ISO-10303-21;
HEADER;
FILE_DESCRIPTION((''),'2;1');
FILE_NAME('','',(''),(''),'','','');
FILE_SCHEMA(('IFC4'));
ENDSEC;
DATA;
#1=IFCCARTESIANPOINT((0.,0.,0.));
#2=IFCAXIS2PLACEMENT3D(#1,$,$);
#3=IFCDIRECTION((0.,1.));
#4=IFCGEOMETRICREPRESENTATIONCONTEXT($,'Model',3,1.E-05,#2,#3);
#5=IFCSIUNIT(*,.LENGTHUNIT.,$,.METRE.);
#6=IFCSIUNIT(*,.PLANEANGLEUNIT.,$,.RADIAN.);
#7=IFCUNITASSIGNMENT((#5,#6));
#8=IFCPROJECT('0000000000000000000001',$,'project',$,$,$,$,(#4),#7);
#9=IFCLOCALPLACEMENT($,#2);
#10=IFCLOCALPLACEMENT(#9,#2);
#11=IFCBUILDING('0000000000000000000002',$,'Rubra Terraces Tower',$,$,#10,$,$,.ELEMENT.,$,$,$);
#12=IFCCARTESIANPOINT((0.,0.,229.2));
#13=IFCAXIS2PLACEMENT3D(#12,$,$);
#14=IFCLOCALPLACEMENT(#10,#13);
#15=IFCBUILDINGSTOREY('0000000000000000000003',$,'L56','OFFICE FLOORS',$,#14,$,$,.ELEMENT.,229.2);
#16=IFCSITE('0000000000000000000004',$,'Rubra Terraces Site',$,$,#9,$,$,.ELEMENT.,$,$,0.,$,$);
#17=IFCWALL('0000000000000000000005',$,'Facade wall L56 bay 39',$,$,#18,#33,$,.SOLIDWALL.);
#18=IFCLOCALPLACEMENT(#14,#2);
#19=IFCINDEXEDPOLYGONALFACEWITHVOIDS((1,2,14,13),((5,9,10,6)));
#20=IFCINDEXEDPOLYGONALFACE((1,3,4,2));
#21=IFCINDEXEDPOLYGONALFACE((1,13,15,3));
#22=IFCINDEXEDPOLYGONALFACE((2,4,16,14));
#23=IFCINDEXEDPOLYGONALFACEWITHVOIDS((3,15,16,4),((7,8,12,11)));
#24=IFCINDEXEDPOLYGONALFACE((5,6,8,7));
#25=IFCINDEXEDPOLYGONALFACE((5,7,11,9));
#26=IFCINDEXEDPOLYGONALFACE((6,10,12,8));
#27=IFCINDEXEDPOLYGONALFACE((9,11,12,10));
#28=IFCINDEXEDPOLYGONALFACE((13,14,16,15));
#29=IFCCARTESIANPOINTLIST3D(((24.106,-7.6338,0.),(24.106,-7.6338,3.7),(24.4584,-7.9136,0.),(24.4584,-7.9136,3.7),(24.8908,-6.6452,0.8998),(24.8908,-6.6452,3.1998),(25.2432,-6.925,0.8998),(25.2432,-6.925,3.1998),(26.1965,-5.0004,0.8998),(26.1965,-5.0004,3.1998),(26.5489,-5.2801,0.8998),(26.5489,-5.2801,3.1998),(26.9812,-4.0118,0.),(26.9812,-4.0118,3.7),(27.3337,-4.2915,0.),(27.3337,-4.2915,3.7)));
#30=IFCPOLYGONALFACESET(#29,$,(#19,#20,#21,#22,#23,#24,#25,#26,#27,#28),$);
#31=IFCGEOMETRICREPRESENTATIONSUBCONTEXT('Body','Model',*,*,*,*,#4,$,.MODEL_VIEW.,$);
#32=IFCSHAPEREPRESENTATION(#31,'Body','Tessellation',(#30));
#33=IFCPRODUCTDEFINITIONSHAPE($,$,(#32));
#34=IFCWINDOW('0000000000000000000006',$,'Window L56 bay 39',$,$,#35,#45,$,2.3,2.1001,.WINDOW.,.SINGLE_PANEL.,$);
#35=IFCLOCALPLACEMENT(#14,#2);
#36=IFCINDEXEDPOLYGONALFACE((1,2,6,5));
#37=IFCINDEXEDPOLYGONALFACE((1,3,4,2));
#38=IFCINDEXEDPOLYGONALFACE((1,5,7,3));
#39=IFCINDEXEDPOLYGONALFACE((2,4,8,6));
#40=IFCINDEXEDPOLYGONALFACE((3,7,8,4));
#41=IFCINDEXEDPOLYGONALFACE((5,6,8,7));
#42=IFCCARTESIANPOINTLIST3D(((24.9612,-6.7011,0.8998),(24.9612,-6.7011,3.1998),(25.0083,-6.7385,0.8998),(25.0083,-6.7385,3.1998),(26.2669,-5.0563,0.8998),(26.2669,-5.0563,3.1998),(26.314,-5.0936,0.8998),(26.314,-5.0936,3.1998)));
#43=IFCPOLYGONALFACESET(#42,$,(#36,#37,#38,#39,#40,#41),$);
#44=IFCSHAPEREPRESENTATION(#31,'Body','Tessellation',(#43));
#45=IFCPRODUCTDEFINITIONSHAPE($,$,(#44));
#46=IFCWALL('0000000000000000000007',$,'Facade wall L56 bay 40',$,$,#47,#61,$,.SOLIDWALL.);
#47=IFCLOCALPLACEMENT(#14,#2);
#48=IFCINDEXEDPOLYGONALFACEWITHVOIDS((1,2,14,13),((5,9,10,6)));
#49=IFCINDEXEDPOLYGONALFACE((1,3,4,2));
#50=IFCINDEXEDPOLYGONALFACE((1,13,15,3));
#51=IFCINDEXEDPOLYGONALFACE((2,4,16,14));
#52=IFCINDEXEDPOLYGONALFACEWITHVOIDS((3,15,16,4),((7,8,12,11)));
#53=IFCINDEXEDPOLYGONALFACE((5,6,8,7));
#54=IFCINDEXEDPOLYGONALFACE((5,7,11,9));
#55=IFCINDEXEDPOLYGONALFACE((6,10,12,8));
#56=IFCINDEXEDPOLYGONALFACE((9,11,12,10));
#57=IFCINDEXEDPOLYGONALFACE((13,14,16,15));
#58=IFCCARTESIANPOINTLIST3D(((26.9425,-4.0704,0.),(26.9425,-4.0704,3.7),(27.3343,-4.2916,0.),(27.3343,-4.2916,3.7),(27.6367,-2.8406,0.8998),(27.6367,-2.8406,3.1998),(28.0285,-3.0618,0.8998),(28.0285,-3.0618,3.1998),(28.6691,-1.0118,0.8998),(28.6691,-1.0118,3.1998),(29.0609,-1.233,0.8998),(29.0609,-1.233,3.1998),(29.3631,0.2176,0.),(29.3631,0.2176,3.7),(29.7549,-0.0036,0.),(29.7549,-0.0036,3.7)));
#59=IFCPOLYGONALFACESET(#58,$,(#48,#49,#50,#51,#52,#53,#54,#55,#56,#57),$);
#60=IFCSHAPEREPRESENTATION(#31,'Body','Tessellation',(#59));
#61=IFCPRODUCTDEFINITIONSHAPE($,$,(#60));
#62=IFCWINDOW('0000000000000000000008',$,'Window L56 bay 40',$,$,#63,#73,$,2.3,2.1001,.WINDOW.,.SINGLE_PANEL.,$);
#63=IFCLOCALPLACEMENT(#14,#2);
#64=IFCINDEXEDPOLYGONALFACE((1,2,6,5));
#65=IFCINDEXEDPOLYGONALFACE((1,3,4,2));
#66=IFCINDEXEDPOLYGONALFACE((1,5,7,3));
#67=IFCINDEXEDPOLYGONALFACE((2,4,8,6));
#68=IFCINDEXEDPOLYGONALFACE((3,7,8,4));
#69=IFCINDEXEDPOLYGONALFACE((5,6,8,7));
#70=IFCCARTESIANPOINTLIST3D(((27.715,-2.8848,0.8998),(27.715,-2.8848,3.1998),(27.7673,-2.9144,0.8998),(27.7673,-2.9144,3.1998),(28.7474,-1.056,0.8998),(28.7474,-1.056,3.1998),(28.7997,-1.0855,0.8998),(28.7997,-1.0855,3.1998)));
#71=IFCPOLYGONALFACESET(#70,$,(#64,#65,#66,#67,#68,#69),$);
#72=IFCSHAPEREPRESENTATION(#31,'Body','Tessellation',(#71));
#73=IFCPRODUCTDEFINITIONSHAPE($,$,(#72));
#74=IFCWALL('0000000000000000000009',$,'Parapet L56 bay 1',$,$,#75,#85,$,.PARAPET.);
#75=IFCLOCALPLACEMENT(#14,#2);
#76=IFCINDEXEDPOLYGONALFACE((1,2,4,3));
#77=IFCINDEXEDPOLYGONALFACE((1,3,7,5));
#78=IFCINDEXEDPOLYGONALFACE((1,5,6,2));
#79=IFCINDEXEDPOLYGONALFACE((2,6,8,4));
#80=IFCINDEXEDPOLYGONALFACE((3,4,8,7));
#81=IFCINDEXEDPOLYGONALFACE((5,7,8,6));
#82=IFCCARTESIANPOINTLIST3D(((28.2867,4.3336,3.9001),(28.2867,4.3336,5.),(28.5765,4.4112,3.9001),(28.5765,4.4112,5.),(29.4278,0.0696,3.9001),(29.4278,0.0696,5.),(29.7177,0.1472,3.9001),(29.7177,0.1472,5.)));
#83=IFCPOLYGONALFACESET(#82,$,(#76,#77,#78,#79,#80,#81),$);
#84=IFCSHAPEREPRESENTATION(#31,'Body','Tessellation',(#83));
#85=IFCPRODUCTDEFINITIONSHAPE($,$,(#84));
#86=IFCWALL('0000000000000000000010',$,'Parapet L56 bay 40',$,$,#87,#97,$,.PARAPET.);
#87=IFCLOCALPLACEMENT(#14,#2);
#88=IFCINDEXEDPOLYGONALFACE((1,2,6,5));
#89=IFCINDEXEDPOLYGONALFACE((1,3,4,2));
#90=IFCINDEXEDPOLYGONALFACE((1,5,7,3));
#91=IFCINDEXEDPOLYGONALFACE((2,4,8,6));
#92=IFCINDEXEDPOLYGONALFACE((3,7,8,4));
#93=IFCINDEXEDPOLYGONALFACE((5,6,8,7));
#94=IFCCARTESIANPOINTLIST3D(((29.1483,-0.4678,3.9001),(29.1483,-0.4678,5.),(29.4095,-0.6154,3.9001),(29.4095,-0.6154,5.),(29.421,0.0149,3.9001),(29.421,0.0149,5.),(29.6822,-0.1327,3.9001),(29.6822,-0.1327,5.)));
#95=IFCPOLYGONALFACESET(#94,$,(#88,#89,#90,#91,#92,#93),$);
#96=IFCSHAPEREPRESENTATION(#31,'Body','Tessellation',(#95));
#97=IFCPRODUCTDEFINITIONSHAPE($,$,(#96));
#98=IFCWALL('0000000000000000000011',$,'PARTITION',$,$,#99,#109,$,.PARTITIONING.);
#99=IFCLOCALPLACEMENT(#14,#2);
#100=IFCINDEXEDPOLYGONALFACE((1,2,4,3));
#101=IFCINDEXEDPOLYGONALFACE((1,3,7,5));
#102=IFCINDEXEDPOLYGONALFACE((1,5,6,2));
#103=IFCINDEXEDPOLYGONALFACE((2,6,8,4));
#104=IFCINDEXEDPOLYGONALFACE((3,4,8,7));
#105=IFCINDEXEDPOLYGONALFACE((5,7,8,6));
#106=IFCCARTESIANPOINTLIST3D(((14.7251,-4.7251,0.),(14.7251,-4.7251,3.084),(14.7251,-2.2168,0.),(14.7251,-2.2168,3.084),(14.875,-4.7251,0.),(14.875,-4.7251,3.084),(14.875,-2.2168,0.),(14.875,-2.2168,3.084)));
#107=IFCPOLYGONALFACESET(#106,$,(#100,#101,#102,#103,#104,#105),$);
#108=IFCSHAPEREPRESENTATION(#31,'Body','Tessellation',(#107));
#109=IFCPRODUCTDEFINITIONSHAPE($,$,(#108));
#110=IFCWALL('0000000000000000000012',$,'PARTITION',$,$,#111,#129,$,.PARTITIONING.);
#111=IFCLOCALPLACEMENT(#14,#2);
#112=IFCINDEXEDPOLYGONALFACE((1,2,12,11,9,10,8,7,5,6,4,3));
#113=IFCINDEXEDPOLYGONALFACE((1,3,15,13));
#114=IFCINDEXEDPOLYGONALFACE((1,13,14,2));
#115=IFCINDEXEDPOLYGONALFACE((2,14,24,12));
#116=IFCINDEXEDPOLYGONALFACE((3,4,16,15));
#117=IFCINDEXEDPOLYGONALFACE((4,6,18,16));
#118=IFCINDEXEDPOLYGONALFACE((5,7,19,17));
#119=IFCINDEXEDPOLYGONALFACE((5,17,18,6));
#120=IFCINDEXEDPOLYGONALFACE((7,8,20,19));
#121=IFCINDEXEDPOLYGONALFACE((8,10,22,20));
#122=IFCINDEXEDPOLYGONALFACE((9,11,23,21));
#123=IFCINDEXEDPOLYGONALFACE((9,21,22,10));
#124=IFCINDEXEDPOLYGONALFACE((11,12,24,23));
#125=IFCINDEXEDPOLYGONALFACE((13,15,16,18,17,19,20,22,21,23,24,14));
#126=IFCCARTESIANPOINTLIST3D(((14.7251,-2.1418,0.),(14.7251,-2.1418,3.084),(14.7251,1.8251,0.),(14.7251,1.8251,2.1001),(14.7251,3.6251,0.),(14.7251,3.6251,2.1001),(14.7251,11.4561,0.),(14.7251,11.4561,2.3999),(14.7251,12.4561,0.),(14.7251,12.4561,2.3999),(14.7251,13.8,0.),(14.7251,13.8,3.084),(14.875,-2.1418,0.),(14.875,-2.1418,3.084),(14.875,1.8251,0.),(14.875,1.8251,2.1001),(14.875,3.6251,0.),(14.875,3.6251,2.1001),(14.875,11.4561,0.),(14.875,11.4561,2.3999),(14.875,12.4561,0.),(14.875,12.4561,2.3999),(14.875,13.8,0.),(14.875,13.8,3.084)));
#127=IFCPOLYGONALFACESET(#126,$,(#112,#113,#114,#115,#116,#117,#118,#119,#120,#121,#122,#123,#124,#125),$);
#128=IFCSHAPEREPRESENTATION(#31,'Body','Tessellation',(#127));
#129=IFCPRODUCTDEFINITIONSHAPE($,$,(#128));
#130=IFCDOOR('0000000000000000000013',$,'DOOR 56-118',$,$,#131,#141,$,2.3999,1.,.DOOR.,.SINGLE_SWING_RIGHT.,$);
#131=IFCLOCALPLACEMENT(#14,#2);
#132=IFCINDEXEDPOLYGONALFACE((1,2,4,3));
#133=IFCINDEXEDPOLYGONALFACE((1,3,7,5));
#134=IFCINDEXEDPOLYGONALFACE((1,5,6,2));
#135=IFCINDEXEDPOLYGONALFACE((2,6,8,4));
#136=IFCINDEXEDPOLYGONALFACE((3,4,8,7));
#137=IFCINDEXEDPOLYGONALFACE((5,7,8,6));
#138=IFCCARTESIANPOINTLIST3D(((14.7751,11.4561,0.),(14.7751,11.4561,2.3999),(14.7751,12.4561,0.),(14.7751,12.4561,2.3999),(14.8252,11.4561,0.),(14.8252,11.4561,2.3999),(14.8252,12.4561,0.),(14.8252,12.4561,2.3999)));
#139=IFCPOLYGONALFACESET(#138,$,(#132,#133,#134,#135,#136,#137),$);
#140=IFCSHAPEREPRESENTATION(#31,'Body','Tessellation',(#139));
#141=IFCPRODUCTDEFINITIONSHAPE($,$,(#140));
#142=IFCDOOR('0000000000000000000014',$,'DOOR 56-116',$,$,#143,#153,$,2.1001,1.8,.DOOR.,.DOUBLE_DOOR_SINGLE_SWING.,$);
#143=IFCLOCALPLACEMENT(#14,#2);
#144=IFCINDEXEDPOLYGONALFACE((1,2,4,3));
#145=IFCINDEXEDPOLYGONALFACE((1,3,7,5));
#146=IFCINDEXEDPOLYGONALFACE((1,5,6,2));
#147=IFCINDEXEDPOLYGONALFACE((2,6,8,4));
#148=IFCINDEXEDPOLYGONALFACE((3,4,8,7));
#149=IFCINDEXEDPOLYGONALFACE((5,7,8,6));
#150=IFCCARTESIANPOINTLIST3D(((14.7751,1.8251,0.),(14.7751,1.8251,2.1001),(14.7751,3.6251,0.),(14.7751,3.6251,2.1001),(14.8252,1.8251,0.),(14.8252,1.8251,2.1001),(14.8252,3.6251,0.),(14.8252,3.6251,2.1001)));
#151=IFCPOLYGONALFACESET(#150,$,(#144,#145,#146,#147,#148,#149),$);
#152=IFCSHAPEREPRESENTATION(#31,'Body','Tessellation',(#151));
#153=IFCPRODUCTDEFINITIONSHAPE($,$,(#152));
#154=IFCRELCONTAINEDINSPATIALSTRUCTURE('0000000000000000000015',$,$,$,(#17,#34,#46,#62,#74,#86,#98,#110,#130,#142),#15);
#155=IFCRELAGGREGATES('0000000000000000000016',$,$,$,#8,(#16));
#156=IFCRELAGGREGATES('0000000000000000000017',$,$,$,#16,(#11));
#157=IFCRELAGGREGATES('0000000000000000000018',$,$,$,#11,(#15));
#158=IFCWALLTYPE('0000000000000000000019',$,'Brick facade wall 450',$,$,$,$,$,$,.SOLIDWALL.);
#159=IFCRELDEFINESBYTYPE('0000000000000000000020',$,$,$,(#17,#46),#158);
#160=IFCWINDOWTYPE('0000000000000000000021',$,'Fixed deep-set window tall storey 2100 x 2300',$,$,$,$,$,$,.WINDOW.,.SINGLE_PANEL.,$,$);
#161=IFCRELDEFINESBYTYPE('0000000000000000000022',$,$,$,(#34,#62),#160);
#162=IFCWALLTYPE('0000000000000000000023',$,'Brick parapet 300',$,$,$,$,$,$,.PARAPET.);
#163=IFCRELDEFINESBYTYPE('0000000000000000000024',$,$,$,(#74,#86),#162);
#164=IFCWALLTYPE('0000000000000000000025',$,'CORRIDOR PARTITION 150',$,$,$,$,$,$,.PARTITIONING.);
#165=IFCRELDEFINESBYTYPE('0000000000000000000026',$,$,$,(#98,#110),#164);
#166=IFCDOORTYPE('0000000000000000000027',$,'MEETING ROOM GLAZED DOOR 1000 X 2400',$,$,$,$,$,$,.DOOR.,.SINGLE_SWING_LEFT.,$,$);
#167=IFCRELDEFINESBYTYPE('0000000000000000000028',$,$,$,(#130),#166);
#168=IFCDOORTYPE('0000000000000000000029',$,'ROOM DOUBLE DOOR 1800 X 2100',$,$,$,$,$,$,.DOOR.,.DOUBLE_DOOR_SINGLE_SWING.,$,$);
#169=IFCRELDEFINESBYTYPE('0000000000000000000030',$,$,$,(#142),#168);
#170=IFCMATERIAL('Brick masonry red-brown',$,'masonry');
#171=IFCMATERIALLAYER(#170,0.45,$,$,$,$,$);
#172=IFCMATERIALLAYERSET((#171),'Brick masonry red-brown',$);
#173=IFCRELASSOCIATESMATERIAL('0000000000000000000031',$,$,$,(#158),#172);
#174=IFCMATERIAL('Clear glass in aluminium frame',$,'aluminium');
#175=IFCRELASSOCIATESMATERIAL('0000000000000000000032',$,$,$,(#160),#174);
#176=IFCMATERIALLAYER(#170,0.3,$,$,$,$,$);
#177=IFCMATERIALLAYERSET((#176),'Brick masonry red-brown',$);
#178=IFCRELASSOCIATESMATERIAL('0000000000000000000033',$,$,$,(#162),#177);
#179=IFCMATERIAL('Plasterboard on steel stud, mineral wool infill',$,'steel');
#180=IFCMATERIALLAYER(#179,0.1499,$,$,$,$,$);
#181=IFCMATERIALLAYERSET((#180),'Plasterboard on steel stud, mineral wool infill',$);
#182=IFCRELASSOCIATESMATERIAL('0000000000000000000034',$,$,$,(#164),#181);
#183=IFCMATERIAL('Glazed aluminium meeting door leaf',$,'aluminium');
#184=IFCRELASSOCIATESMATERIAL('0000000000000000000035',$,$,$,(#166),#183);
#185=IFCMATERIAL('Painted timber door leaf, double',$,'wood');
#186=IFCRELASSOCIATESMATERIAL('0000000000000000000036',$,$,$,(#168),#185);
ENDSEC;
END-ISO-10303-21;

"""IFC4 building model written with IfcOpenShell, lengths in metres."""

from ifc_helpers import new_model, si_unit, direction, frame, frame_2d, origin, place, context, subcontext, project, spatial, rectangle, extrude, material, layer, layer_set, type_object, element, fill, save


model = new_model("IFC4")

# Units and contexts
model_context = context("Model", 3, precision=1e-05, world=origin(), true_north=direction((0.0, 1.0)))
body_context = subcontext(model_context, "Body", "Model", "MODEL_VIEW")
ifc_project = project(units=[si_unit("LENGTHUNIT", "METRE"), si_unit("PLANEANGLEUNIT", "RADIAN")], contexts=[model_context])

# Site, building, storey
site_placement = place(None, origin())
site = spatial("IfcSite", under=ifc_project, at=site_placement, Name="Rubra Terraces Site", CompositionType="ELEMENT", RefElevation=0.0)
building_placement = place(site_placement, origin())
building = spatial("IfcBuilding", under=site, at=building_placement, Name="Rubra Terraces Tower", CompositionType="ELEMENT")
storey_placement = place(building_placement, frame((0.0, 0.0, 229.2)))
storey = spatial("IfcBuildingStorey", under=building, at=storey_placement, Name="L56", Description="OFFICE FLOORS", CompositionType="ELEMENT", Elevation=229.2)

# Walls, openings, windows
ifc_material_1 = material(Name="Brick masonry red-brown", Category="masonry")
ifc_layer_1 = layer(ifc_material_1, 0.45)
ifc_layer_set_1 = layer_set([ifc_layer_1], Name="Brick masonry red-brown")
wall_type_1 = type_object("IfcWallType", Name="Brick facade wall 450", PredefinedType="SOLIDWALL", material=ifc_layer_set_1)
ifc_material_2 = material(Name="Clear glass in aluminium frame", Category="aluminium")
window_type = type_object("IfcWindowType", Name="Fixed deep-set window tall storey 2100 x 2300", PartitioningType="SINGLE_PANEL", PredefinedType="WINDOW", material=ifc_material_2)
wall_1_placement = place(storey_placement, frame((24.2822, -7.7737, 0.0), z_axis=(0.0, 0.0, 1.0), x_axis=(0.621735, 0.783227, 0.0)))
wall_1 = element("IfcWall", 1, at=wall_1_placement, inside=storey, type_object=wall_type_1, Name="Facade wall L56 bay 39", PredefinedType="SOLIDWALL", context=body_context, shape_type="SweptSolid", body=[
    extrude(rectangle(XDim=4.6245, YDim=0.45, at=frame_2d((2.3123, 0.0))), origin(), (0.0, 0.0, 1.0), 3.7),
])
opening_1_placement = place(wall_1_placement, frame((1.2622, 0.0, 0.8999)))
opening_1 = element("IfcOpeningElement", 2, at=opening_1_placement, cuts=wall_1, PredefinedType="OPENING", context=body_context, shape_type="SweptSolid", body=[
    extrude(rectangle(XDim=2.1001, YDim=2.3, at=frame_2d((1.05, 1.1499))), frame((0.0, 0.2349, 0.0), z_axis=(0.0, -1.0, 0.0), x_axis=(1.0, 0.0, 0.0)), (0.0, 0.0, 1.0), 0.47),
])
window_1_placement = place(opening_1_placement, origin())
window_1 = element("IfcWindow", 3, at=window_1_placement, inside=storey, type_object=window_type, Name="Window L56 bay 39", OverallHeight=2.3, OverallWidth=2.1001, PartitioningType="SINGLE_PANEL", PredefinedType="WINDOW", context=body_context, shape_type="SweptSolid", body=[
    extrude(rectangle(XDim=2.1001, YDim=2.3, at=frame_2d((1.05, 1.1499))), frame((0.0, 0.135, 0.0), z_axis=(0.0, -1.0, 0.0), x_axis=(1.0, 0.0, 0.0)), (0.0, 0.0, 1.0), 0.0601),
])
fill(opening_1, window_1)
wall_2_placement = place(storey_placement, frame((27.1384, -4.1809, 0.0), z_axis=(0.0, 0.0, 1.0), x_axis=(0.491588, 0.870828, 0.0)))
wall_2 = element("IfcWall", 4, at=wall_2_placement, inside=storey, type_object=wall_type_1, Name="Facade wall L56 bay 40", PredefinedType="SOLIDWALL", context=body_context, shape_type="SweptSolid", body=[
    extrude(rectangle(XDim=4.9241, YDim=0.45, at=frame_2d((2.4619, 0.0))), origin(), (0.0, 0.0, 1.0), 3.7),
])
opening_2_placement = place(wall_2_placement, frame((1.4121, 0.0, 0.8999)))
opening_2 = element("IfcOpeningElement", 5, at=opening_2_placement, cuts=wall_2, PredefinedType="OPENING", context=body_context, shape_type="SweptSolid", body=[
    extrude(rectangle(XDim=2.1001, YDim=2.3, at=frame_2d((1.05, 1.1499))), frame((0.0, 0.2349, 0.0), z_axis=(0.0, -1.0, 0.0), x_axis=(1.0, 0.0, 0.0)), (0.0, 0.0, 1.0), 0.47),
])
window_2_placement = place(opening_2_placement, origin())
window_2 = element("IfcWindow", 6, at=window_2_placement, inside=storey, type_object=window_type, Name="Window L56 bay 40", OverallHeight=2.3, OverallWidth=2.1001, PartitioningType="SINGLE_PANEL", PredefinedType="WINDOW", context=body_context, shape_type="SweptSolid", body=[
    extrude(rectangle(XDim=2.1001, YDim=2.3, at=frame_2d((1.05, 1.1499))), frame((0.0, 0.135, 0.0), z_axis=(0.0, -1.0, 0.0), x_axis=(1.0, 0.0, 0.0)), (0.0, 0.0, 1.0), 0.0601),
])
fill(opening_2, window_2)

# Walls
ifc_layer_2 = layer(ifc_material_1, 0.3)
ifc_layer_set_2 = layer_set([ifc_layer_2], Name="Brick masonry red-brown")
wall_type_2 = type_object("IfcWallType", Name="Brick parapet 300", PredefinedType="PARAPET", material=ifc_layer_set_2)
wall_3_placement = place(storey_placement, frame((29.5728, 0.1084, 3.9001), z_axis=(0.0, 0.0, 1.0), x_axis=(-0.258523, 0.966005, 0.0)))
element("IfcWall", 7, at=wall_3_placement, inside=storey, type_object=wall_type_2, Name="Parapet L56 bay 1", PredefinedType="PARAPET", context=body_context, shape_type="SweptSolid", body=[
    extrude(rectangle(XDim=4.4141, YDim=0.3, at=frame_2d((2.207, 0.0))), origin(), (0.0, 0.0, 1.0), 1.0999),
])
wall_4_placement = place(storey_placement, frame((29.2788, -0.5417, 3.9001), z_axis=(0.0, 0.0, 1.0), x_axis=(0.491912, 0.870645, 0.0)))
element("IfcWall", 8, at=wall_4_placement, inside=storey, type_object=wall_type_2, Name="Parapet L56 bay 40", PredefinedType="PARAPET", context=body_context, shape_type="SweptSolid", body=[
    extrude(rectangle(XDim=0.5544, YDim=0.3, at=frame_2d((0.2773, 0.0))), origin(), (0.0, 0.0, 1.0), 1.0999),
])
ifc_material_3 = material(Name="Plasterboard on steel stud, mineral wool infill", Category="steel")
ifc_layer_3 = layer(ifc_material_3, 0.1499)
ifc_layer_set_3 = layer_set([ifc_layer_3], Name="Plasterboard on steel stud, mineral wool infill")
wall_type_3 = type_object("IfcWallType", Name="CORRIDOR PARTITION 150", PredefinedType="PARTITIONING", material=ifc_layer_set_3)
wall_5_placement = place(storey_placement, frame((14.8, -4.7251, 0.0), z_axis=(0.0, 0.0, 1.0), x_axis=(0.0, 1.0, 0.0)))
element("IfcWall", 9, at=wall_5_placement, inside=storey, type_object=wall_type_3, Name="PARTITION", PredefinedType="PARTITIONING", context=body_context, shape_type="SweptSolid", body=[
    extrude(rectangle(XDim=2.5083, YDim=0.1499, at=frame_2d((1.2542, 0.0))), origin(), (0.0, 0.0, 1.0), 3.084),
])

# Wall, openings, doors
wall_6_placement = place(storey_placement, frame((14.8, -2.1418, 0.0), z_axis=(0.0, 0.0, 1.0), x_axis=(0.0, 1.0, 0.0)))
wall_6 = element("IfcWall", 10, at=wall_6_placement, inside=storey, type_object=wall_type_3, Name="PARTITION", PredefinedType="PARTITIONING", context=body_context, shape_type="SweptSolid", body=[
    extrude(rectangle(XDim=15.9419, YDim=0.1499, at=frame_2d((7.9709, 0.0))), origin(), (0.0, 0.0, 1.0), 3.084),
])
opening_3_placement = place(wall_6_placement, frame((3.967, 0.0, 0.0)))
opening_3 = element("IfcOpeningElement", 11, at=opening_3_placement, cuts=wall_6, PredefinedType="OPENING", context=body_context, shape_type="SweptSolid", body=[
    extrude(rectangle(XDim=1.8, YDim=2.1001, at=frame_2d((0.8999, 1.05))), frame((0.0, 0.085, 0.0), z_axis=(0.0, -1.0, 0.0), x_axis=(1.0, 0.0, 0.0)), (0.0, 0.0, 1.0), 0.1699),
])
opening_4_placement = place(wall_6_placement, frame((13.5979, 0.0, 0.0)))
opening_4 = element("IfcOpeningElement", 12, at=opening_4_placement, cuts=wall_6, PredefinedType="OPENING", context=body_context, shape_type="SweptSolid", body=[
    extrude(rectangle(XDim=1.0, YDim=2.3999, at=frame_2d((0.5, 1.2))), frame((0.0, 0.085, 0.0), z_axis=(0.0, -1.0, 0.0), x_axis=(1.0, 0.0, 0.0)), (0.0, 0.0, 1.0), 0.1699),
])
ifc_material_4 = material(Name="Glazed aluminium meeting door leaf", Category="aluminium")
door_type_1 = type_object("IfcDoorType", Name="MEETING ROOM GLAZED DOOR 1000 X 2400", OperationType="SINGLE_SWING_LEFT", PredefinedType="DOOR", material=ifc_material_4)
door_1_placement = place(opening_4_placement, origin())
door_1 = element("IfcDoor", 13, at=door_1_placement, inside=storey, type_object=door_type_1, Name="DOOR 56-118", OperationType="SINGLE_SWING_RIGHT", OverallHeight=2.3999, OverallWidth=1.0, PredefinedType="DOOR", context=body_context, shape_type="SweptSolid", body=[
    extrude(rectangle(XDim=1.0, YDim=2.3999, at=frame_2d((0.5, 1.2))), frame((0.0, 0.0249, 0.0), z_axis=(0.0, -1.0, 0.0), x_axis=(1.0, 0.0, 0.0)), (0.0, 0.0, 1.0), 0.05),
])
fill(opening_4, door_1)
ifc_material_5 = material(Name="Painted timber door leaf, double", Category="wood")
door_type_2 = type_object("IfcDoorType", Name="ROOM DOUBLE DOOR 1800 X 2100", OperationType="DOUBLE_DOOR_SINGLE_SWING", PredefinedType="DOOR", material=ifc_material_5)
door_2_placement = place(opening_3_placement, origin())
door_2 = element("IfcDoor", 14, at=door_2_placement, inside=storey, type_object=door_type_2, Name="DOOR 56-116", OperationType="DOUBLE_DOOR_SINGLE_SWING", OverallHeight=2.1001, OverallWidth=1.8, PredefinedType="DOOR", context=body_context, shape_type="SweptSolid", body=[
    extrude(rectangle(XDim=1.8, YDim=2.1001, at=frame_2d((0.8999, 1.05))), frame((0.0, 0.0249, 0.0), z_axis=(0.0, -1.0, 0.0), x_axis=(1.0, 0.0, 0.0)), (0.0, 0.0, 1.0), 0.05),
])
fill(opening_3, door_2)

save(model, "model.ifc")
